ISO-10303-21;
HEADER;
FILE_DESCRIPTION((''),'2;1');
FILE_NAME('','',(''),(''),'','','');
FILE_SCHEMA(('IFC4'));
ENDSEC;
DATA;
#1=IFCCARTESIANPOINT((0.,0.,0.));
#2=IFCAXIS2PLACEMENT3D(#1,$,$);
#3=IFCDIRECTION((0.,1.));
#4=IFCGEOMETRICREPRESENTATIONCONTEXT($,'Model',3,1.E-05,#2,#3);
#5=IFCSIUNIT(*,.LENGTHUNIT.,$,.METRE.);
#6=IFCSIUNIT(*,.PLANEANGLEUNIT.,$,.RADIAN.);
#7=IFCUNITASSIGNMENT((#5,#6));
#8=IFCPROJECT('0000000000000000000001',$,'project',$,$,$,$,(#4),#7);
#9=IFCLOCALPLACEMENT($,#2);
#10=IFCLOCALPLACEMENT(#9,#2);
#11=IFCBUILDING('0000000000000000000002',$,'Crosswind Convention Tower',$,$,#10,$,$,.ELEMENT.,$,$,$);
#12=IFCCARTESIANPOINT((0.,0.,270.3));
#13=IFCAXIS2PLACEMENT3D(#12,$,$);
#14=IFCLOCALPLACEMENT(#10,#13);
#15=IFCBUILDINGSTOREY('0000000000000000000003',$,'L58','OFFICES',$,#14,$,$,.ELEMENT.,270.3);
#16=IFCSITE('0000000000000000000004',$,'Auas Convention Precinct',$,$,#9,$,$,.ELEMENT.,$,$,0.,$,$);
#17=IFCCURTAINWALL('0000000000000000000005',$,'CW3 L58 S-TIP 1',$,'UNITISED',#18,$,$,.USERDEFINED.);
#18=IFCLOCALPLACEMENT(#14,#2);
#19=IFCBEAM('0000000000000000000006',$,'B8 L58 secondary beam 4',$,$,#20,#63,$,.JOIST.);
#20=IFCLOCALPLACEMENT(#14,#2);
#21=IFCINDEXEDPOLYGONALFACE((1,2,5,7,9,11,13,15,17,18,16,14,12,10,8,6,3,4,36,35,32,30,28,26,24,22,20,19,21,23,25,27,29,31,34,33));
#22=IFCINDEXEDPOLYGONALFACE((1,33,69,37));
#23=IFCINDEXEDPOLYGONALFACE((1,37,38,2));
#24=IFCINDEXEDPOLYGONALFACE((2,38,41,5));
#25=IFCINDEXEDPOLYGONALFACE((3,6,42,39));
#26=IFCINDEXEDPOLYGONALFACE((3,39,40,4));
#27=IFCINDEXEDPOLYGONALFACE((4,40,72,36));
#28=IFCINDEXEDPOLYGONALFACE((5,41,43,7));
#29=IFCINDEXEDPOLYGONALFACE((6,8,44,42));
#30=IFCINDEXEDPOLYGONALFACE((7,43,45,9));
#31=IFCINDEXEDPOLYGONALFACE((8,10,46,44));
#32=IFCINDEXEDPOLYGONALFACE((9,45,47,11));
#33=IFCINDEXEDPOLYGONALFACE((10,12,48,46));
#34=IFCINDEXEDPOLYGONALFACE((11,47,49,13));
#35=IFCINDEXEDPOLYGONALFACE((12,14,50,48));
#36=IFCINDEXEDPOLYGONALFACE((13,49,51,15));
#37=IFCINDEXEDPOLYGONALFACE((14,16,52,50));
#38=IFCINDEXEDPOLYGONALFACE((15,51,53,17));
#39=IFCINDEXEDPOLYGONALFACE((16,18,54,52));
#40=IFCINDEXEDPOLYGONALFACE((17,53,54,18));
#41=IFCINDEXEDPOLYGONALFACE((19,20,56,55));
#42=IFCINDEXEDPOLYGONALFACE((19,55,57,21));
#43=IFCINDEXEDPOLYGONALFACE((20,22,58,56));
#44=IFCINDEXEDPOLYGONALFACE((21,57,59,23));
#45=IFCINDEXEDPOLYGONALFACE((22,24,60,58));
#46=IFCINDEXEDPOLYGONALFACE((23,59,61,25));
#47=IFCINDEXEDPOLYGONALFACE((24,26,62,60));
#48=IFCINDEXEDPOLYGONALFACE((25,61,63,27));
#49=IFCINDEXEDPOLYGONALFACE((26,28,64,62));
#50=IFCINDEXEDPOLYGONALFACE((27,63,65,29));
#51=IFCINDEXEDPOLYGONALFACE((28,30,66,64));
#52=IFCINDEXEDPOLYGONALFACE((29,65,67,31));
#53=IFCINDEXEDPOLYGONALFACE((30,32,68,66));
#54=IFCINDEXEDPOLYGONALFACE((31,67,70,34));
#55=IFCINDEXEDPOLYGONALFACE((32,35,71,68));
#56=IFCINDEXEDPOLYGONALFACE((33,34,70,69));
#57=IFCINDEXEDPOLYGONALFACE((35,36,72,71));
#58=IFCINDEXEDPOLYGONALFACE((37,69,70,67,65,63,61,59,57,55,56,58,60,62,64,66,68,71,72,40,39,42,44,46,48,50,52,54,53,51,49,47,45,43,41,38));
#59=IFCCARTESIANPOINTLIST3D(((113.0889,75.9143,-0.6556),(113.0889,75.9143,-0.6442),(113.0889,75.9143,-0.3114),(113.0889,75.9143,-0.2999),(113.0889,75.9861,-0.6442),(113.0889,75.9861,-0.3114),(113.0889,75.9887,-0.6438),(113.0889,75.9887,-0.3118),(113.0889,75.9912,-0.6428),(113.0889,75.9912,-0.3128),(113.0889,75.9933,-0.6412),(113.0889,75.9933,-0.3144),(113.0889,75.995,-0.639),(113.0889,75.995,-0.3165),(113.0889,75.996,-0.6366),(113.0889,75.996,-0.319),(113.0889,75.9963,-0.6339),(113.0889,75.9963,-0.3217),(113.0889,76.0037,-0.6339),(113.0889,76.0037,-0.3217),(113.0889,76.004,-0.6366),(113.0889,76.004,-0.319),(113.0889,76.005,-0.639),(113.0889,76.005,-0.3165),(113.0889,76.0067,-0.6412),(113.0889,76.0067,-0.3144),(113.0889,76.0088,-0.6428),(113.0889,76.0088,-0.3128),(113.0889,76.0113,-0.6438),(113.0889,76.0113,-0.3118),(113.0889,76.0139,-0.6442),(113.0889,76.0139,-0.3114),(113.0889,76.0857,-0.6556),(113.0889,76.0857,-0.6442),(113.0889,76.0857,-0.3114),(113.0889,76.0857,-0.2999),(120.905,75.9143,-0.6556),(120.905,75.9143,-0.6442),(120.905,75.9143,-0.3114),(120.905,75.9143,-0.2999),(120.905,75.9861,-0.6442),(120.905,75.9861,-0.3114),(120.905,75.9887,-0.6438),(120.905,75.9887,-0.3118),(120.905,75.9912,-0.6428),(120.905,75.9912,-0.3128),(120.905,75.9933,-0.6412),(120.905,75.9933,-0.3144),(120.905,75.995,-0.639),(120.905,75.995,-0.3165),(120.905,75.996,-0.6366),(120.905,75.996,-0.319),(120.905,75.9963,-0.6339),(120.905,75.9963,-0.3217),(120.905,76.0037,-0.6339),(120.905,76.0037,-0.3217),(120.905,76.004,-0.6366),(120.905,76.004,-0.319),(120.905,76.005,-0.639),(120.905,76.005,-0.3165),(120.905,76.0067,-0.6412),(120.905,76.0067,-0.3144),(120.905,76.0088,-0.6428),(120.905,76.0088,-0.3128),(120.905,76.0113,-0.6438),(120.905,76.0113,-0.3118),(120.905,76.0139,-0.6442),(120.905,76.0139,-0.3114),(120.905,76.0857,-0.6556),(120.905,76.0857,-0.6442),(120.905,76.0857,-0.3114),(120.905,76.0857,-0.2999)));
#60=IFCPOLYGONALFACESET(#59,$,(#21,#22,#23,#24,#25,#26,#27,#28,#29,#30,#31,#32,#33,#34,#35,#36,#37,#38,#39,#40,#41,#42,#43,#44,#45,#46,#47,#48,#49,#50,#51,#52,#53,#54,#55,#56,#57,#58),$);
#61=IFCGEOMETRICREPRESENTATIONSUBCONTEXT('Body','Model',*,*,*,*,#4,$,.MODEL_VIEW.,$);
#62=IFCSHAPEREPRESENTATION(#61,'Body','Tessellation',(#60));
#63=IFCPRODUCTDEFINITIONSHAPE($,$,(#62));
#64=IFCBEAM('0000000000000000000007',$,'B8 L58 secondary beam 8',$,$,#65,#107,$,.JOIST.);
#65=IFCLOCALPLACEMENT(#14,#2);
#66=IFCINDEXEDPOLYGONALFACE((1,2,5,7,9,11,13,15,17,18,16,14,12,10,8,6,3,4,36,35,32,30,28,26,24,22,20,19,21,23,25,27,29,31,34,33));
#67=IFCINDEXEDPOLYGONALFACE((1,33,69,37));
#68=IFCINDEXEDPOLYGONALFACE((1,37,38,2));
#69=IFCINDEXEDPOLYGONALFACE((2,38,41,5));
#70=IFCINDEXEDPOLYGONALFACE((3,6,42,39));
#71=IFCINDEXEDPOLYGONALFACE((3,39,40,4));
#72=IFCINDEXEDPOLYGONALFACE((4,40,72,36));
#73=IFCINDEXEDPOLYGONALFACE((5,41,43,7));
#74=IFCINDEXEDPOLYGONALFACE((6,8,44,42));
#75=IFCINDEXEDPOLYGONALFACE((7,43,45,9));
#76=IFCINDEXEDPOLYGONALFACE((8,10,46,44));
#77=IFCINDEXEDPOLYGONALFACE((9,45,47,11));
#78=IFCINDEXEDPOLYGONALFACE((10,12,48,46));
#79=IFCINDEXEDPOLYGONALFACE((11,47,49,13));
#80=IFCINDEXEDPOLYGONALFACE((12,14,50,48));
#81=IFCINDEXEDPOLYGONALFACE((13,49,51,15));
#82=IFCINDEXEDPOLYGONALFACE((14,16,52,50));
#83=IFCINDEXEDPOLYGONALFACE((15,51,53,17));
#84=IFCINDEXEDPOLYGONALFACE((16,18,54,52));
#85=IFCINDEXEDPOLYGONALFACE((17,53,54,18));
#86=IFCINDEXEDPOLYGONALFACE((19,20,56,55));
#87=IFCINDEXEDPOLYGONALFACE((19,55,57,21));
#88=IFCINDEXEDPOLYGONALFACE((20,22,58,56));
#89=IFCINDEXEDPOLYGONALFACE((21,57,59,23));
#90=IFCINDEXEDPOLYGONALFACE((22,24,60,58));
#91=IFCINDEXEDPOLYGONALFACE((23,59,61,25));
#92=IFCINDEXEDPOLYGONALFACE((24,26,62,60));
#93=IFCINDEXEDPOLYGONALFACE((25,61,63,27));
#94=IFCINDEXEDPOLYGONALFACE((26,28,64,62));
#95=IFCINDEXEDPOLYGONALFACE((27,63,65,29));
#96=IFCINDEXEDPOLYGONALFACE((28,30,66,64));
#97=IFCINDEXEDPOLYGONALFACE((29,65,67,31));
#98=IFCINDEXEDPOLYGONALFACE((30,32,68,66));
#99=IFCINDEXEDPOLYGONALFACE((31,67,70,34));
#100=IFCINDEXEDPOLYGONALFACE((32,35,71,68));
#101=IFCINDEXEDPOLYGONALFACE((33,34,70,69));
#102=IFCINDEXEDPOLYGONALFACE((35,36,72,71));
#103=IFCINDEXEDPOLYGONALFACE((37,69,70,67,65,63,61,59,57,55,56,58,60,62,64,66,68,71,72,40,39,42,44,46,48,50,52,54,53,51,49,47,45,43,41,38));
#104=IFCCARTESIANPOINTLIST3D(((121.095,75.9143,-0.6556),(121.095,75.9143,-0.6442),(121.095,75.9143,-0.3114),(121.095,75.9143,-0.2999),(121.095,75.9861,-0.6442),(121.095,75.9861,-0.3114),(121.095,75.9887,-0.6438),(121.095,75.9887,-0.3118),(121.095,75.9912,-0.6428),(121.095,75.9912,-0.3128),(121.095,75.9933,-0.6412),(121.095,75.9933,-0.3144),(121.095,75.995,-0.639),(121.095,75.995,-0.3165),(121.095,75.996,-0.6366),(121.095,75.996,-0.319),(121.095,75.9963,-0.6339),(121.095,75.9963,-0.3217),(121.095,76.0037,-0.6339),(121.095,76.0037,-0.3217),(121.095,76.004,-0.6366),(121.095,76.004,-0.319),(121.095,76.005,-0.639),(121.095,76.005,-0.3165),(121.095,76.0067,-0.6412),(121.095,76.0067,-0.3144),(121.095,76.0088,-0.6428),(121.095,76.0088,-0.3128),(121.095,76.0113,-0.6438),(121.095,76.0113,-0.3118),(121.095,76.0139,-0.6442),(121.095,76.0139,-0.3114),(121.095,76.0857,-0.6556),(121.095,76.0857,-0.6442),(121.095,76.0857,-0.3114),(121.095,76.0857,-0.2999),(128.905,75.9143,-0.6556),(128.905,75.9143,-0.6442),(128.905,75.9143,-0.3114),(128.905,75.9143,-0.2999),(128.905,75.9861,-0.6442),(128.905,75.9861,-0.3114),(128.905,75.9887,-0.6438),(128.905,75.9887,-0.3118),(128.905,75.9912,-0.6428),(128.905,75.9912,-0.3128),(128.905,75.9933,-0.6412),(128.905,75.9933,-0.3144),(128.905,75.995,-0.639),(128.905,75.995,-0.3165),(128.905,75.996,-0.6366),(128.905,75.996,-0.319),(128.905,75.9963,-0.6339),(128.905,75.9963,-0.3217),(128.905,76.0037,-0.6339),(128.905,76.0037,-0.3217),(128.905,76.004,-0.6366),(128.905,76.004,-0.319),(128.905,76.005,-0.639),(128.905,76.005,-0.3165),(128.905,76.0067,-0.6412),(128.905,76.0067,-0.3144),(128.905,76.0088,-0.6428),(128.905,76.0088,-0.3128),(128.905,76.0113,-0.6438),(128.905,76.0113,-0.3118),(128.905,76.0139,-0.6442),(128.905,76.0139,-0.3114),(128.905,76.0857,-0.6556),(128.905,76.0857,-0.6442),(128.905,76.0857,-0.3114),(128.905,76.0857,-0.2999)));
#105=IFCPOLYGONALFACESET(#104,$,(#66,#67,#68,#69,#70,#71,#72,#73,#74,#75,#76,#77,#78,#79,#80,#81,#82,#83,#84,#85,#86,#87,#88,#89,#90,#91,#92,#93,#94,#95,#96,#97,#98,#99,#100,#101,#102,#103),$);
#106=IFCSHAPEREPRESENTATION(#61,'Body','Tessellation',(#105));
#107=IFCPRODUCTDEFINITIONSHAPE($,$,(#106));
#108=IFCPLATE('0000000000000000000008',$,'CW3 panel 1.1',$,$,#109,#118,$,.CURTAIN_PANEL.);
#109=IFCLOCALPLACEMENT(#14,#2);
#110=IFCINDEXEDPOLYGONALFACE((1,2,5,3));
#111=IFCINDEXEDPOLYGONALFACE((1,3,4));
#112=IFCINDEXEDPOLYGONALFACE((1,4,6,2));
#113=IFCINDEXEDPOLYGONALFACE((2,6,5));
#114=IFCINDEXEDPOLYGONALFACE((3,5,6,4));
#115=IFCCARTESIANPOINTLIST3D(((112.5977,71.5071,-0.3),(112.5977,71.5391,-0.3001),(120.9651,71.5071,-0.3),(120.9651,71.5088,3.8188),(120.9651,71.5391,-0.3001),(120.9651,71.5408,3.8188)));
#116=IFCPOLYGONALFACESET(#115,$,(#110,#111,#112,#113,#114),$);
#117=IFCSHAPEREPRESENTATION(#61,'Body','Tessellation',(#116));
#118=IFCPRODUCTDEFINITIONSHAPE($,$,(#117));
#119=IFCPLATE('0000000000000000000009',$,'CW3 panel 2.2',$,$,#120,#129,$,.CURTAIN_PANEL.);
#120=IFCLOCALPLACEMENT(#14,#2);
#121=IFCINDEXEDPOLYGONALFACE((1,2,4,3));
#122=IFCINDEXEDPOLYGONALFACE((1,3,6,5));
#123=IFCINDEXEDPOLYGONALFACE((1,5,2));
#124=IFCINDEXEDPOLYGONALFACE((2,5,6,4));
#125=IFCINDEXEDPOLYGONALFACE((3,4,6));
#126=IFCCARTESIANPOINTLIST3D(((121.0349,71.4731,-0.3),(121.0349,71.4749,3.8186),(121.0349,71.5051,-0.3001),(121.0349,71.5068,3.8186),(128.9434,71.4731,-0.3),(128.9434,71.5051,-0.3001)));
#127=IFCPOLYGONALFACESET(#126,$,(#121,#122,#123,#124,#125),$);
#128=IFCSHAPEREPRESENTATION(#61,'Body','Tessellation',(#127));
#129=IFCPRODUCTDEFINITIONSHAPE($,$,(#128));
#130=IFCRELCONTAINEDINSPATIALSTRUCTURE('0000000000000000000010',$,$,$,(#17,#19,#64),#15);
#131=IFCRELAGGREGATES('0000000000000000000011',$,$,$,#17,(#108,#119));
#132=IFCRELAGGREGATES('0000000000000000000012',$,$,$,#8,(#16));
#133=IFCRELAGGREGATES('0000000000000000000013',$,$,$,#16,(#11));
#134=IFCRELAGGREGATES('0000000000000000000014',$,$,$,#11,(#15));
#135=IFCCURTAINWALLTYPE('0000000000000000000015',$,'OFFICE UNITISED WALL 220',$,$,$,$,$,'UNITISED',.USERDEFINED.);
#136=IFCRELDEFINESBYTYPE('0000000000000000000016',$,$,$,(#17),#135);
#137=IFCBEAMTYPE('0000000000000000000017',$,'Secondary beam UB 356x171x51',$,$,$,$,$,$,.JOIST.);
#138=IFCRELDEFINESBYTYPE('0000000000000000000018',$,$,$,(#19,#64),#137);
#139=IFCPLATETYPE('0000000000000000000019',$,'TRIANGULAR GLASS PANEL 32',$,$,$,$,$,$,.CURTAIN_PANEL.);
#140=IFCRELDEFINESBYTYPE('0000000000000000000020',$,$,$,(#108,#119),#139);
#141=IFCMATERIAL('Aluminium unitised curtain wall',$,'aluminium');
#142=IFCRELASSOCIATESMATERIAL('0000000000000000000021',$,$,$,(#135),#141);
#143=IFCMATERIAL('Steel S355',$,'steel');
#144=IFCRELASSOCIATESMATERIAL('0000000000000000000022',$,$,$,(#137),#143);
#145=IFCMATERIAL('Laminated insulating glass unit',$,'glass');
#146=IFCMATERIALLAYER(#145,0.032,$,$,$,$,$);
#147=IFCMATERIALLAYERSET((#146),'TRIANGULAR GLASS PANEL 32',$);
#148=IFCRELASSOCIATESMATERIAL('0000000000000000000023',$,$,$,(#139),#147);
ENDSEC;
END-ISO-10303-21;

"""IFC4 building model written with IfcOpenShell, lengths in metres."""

from ifc_helpers import new_model, si_unit, direction, frame, origin, origin_2d, place, context, subcontext, project, spatial, polyline, i_section, outline, extrude, material, layer, layer_set, material_profile, profile_set, type_object, element, aggregate, save


model = new_model("IFC4")

# Units and contexts
model_context = context("Model", 3, precision=1e-05, world=origin(), true_north=direction((0.0, 1.0)))
body_context = subcontext(model_context, "Body", "Model", "MODEL_VIEW")
ifc_project = project(units=[si_unit("LENGTHUNIT", "METRE"), si_unit("PLANEANGLEUNIT", "RADIAN")], contexts=[model_context])

# Site, building, storey
site_placement = place(None, origin())
site = spatial("IfcSite", under=ifc_project, at=site_placement, Name="Auas Convention Precinct", CompositionType="ELEMENT", RefElevation=0.0)
building_placement = place(site_placement, origin())
building = spatial("IfcBuilding", under=site, at=building_placement, Name="Crosswind Convention Tower", CompositionType="ELEMENT")
storey_placement = place(building_placement, frame((0.0, 0.0, 270.3)))
storey = spatial("IfcBuildingStorey", under=building, at=storey_placement, Name="L58", Description="OFFICES", CompositionType="ELEMENT", Elevation=270.3)

# Shared definitions
ifc_material_1 = material(Name="Steel S355", Category="steel")

# Curtain wall
ifc_material_2 = material(Name="Aluminium unitised curtain wall", Category="aluminium")
curtain_wall_type = type_object("IfcCurtainWallType", Name="OFFICE UNITISED WALL 220", ElementType="UNITISED", PredefinedType="USERDEFINED", material=ifc_material_2)
curtain_wall_placement = place(storey_placement, origin())
curtain_wall = element("IfcCurtainWall", 1, at=curtain_wall_placement, inside=storey, type_object=curtain_wall_type, Name="CW3 L58 S-TIP 1", ObjectType="UNITISED", PredefinedType="USERDEFINED")

# Beams
ifc_material_profile_1 = material_profile(ifc_material_1, i_section(OverallWidth=0.1714, OverallDepth=0.3557, WebThickness=0.0073, FlangeThickness=0.0115, FilletRadius=0.0103, at=origin_2d()), Name="UB 356x171x51")
ifc_profile_set_1 = profile_set([ifc_material_profile_1], Name="Steel S355")
beam_type_1 = type_object("IfcBeamType", Name="Secondary beam UB 356x171x51", PredefinedType="JOIST", material=ifc_profile_set_1)
beam_1_placement = place(storey_placement, frame((113.0889, 76.0, -0.4778), z_axis=(1.0, 0.0, 0.0), x_axis=(0.0, 1.0, 0.0)))
element("IfcBeam", 2, at=beam_1_placement, inside=storey, type_object=beam_type_1, Name="B8 L58 secondary beam 4", PredefinedType="JOIST", context=body_context, shape_type="SweptSolid", body=[
    extrude(i_section(OverallWidth=0.1714, OverallDepth=0.3557, WebThickness=0.0073, FlangeThickness=0.0115, FilletRadius=0.0103, at=origin_2d()), origin(), (0.0, 0.0, 1.0), 7.8162),
])
beam_2_placement = place(storey_placement, frame((121.095, 76.0, -0.4778), z_axis=(1.0, 0.0, 0.0), x_axis=(0.0, 1.0, 0.0)))
element("IfcBeam", 3, at=beam_2_placement, inside=storey, type_object=beam_type_1, Name="B8 L58 secondary beam 8", PredefinedType="JOIST", context=body_context, shape_type="SweptSolid", body=[
    extrude(i_section(OverallWidth=0.1714, OverallDepth=0.3557, WebThickness=0.0073, FlangeThickness=0.0115, FilletRadius=0.0103, at=origin_2d()), origin(), (0.0, 0.0, 1.0), 7.8101),
])

# Plates
ifc_material_3 = material(Name="Laminated insulating glass unit", Category="glass")
ifc_layer_1 = layer(ifc_material_3, 0.032)
ifc_layer_set_1 = layer_set([ifc_layer_1], Name="TRIANGULAR GLASS PANEL 32")
plate_type = type_object("IfcPlateType", Name="TRIANGULAR GLASS PANEL 32", PredefinedType="CURTAIN_PANEL", material=ifc_layer_set_1)
plate_1_placement = place(storey_placement, frame((120.9651, 71.5071, -0.3), z_axis=(0.0, -1.0, 0.000415), x_axis=(0.0, 0.000415, 1.0)))
plate_1 = element("IfcPlate", 4, at=plate_1_placement, type_object=plate_type, Name="CW3 panel 1.1", PredefinedType="CURTAIN_PANEL", context=body_context, shape_type="SweptSolid", body=[
    extrude(outline(polyline([(0.0, 0.0), (4.1189, 0.0), (0.0, 8.3674), (0.0, 0.0)])), origin(), (0.0, 0.0, -1.0), 0.032),
])
plate_2_placement = place(storey_placement, frame((121.0349, 71.4731, -0.3), z_axis=(0.0, -1.0, 0.000415), x_axis=(1.0, 0.0, 0.0)))
plate_2 = element("IfcPlate", 5, at=plate_2_placement, type_object=plate_type, Name="CW3 panel 2.2", PredefinedType="CURTAIN_PANEL", context=body_context, shape_type="SweptSolid", body=[
    extrude(outline(polyline([(0.0, 0.0), (7.9084, 0.0), (0.0, 4.1187), (0.0, 0.0)])), origin(), (0.0, 0.0, -1.0), 0.032),
])
aggregate(curtain_wall, [plate_1, plate_2])

save(model, "model.ifc")
